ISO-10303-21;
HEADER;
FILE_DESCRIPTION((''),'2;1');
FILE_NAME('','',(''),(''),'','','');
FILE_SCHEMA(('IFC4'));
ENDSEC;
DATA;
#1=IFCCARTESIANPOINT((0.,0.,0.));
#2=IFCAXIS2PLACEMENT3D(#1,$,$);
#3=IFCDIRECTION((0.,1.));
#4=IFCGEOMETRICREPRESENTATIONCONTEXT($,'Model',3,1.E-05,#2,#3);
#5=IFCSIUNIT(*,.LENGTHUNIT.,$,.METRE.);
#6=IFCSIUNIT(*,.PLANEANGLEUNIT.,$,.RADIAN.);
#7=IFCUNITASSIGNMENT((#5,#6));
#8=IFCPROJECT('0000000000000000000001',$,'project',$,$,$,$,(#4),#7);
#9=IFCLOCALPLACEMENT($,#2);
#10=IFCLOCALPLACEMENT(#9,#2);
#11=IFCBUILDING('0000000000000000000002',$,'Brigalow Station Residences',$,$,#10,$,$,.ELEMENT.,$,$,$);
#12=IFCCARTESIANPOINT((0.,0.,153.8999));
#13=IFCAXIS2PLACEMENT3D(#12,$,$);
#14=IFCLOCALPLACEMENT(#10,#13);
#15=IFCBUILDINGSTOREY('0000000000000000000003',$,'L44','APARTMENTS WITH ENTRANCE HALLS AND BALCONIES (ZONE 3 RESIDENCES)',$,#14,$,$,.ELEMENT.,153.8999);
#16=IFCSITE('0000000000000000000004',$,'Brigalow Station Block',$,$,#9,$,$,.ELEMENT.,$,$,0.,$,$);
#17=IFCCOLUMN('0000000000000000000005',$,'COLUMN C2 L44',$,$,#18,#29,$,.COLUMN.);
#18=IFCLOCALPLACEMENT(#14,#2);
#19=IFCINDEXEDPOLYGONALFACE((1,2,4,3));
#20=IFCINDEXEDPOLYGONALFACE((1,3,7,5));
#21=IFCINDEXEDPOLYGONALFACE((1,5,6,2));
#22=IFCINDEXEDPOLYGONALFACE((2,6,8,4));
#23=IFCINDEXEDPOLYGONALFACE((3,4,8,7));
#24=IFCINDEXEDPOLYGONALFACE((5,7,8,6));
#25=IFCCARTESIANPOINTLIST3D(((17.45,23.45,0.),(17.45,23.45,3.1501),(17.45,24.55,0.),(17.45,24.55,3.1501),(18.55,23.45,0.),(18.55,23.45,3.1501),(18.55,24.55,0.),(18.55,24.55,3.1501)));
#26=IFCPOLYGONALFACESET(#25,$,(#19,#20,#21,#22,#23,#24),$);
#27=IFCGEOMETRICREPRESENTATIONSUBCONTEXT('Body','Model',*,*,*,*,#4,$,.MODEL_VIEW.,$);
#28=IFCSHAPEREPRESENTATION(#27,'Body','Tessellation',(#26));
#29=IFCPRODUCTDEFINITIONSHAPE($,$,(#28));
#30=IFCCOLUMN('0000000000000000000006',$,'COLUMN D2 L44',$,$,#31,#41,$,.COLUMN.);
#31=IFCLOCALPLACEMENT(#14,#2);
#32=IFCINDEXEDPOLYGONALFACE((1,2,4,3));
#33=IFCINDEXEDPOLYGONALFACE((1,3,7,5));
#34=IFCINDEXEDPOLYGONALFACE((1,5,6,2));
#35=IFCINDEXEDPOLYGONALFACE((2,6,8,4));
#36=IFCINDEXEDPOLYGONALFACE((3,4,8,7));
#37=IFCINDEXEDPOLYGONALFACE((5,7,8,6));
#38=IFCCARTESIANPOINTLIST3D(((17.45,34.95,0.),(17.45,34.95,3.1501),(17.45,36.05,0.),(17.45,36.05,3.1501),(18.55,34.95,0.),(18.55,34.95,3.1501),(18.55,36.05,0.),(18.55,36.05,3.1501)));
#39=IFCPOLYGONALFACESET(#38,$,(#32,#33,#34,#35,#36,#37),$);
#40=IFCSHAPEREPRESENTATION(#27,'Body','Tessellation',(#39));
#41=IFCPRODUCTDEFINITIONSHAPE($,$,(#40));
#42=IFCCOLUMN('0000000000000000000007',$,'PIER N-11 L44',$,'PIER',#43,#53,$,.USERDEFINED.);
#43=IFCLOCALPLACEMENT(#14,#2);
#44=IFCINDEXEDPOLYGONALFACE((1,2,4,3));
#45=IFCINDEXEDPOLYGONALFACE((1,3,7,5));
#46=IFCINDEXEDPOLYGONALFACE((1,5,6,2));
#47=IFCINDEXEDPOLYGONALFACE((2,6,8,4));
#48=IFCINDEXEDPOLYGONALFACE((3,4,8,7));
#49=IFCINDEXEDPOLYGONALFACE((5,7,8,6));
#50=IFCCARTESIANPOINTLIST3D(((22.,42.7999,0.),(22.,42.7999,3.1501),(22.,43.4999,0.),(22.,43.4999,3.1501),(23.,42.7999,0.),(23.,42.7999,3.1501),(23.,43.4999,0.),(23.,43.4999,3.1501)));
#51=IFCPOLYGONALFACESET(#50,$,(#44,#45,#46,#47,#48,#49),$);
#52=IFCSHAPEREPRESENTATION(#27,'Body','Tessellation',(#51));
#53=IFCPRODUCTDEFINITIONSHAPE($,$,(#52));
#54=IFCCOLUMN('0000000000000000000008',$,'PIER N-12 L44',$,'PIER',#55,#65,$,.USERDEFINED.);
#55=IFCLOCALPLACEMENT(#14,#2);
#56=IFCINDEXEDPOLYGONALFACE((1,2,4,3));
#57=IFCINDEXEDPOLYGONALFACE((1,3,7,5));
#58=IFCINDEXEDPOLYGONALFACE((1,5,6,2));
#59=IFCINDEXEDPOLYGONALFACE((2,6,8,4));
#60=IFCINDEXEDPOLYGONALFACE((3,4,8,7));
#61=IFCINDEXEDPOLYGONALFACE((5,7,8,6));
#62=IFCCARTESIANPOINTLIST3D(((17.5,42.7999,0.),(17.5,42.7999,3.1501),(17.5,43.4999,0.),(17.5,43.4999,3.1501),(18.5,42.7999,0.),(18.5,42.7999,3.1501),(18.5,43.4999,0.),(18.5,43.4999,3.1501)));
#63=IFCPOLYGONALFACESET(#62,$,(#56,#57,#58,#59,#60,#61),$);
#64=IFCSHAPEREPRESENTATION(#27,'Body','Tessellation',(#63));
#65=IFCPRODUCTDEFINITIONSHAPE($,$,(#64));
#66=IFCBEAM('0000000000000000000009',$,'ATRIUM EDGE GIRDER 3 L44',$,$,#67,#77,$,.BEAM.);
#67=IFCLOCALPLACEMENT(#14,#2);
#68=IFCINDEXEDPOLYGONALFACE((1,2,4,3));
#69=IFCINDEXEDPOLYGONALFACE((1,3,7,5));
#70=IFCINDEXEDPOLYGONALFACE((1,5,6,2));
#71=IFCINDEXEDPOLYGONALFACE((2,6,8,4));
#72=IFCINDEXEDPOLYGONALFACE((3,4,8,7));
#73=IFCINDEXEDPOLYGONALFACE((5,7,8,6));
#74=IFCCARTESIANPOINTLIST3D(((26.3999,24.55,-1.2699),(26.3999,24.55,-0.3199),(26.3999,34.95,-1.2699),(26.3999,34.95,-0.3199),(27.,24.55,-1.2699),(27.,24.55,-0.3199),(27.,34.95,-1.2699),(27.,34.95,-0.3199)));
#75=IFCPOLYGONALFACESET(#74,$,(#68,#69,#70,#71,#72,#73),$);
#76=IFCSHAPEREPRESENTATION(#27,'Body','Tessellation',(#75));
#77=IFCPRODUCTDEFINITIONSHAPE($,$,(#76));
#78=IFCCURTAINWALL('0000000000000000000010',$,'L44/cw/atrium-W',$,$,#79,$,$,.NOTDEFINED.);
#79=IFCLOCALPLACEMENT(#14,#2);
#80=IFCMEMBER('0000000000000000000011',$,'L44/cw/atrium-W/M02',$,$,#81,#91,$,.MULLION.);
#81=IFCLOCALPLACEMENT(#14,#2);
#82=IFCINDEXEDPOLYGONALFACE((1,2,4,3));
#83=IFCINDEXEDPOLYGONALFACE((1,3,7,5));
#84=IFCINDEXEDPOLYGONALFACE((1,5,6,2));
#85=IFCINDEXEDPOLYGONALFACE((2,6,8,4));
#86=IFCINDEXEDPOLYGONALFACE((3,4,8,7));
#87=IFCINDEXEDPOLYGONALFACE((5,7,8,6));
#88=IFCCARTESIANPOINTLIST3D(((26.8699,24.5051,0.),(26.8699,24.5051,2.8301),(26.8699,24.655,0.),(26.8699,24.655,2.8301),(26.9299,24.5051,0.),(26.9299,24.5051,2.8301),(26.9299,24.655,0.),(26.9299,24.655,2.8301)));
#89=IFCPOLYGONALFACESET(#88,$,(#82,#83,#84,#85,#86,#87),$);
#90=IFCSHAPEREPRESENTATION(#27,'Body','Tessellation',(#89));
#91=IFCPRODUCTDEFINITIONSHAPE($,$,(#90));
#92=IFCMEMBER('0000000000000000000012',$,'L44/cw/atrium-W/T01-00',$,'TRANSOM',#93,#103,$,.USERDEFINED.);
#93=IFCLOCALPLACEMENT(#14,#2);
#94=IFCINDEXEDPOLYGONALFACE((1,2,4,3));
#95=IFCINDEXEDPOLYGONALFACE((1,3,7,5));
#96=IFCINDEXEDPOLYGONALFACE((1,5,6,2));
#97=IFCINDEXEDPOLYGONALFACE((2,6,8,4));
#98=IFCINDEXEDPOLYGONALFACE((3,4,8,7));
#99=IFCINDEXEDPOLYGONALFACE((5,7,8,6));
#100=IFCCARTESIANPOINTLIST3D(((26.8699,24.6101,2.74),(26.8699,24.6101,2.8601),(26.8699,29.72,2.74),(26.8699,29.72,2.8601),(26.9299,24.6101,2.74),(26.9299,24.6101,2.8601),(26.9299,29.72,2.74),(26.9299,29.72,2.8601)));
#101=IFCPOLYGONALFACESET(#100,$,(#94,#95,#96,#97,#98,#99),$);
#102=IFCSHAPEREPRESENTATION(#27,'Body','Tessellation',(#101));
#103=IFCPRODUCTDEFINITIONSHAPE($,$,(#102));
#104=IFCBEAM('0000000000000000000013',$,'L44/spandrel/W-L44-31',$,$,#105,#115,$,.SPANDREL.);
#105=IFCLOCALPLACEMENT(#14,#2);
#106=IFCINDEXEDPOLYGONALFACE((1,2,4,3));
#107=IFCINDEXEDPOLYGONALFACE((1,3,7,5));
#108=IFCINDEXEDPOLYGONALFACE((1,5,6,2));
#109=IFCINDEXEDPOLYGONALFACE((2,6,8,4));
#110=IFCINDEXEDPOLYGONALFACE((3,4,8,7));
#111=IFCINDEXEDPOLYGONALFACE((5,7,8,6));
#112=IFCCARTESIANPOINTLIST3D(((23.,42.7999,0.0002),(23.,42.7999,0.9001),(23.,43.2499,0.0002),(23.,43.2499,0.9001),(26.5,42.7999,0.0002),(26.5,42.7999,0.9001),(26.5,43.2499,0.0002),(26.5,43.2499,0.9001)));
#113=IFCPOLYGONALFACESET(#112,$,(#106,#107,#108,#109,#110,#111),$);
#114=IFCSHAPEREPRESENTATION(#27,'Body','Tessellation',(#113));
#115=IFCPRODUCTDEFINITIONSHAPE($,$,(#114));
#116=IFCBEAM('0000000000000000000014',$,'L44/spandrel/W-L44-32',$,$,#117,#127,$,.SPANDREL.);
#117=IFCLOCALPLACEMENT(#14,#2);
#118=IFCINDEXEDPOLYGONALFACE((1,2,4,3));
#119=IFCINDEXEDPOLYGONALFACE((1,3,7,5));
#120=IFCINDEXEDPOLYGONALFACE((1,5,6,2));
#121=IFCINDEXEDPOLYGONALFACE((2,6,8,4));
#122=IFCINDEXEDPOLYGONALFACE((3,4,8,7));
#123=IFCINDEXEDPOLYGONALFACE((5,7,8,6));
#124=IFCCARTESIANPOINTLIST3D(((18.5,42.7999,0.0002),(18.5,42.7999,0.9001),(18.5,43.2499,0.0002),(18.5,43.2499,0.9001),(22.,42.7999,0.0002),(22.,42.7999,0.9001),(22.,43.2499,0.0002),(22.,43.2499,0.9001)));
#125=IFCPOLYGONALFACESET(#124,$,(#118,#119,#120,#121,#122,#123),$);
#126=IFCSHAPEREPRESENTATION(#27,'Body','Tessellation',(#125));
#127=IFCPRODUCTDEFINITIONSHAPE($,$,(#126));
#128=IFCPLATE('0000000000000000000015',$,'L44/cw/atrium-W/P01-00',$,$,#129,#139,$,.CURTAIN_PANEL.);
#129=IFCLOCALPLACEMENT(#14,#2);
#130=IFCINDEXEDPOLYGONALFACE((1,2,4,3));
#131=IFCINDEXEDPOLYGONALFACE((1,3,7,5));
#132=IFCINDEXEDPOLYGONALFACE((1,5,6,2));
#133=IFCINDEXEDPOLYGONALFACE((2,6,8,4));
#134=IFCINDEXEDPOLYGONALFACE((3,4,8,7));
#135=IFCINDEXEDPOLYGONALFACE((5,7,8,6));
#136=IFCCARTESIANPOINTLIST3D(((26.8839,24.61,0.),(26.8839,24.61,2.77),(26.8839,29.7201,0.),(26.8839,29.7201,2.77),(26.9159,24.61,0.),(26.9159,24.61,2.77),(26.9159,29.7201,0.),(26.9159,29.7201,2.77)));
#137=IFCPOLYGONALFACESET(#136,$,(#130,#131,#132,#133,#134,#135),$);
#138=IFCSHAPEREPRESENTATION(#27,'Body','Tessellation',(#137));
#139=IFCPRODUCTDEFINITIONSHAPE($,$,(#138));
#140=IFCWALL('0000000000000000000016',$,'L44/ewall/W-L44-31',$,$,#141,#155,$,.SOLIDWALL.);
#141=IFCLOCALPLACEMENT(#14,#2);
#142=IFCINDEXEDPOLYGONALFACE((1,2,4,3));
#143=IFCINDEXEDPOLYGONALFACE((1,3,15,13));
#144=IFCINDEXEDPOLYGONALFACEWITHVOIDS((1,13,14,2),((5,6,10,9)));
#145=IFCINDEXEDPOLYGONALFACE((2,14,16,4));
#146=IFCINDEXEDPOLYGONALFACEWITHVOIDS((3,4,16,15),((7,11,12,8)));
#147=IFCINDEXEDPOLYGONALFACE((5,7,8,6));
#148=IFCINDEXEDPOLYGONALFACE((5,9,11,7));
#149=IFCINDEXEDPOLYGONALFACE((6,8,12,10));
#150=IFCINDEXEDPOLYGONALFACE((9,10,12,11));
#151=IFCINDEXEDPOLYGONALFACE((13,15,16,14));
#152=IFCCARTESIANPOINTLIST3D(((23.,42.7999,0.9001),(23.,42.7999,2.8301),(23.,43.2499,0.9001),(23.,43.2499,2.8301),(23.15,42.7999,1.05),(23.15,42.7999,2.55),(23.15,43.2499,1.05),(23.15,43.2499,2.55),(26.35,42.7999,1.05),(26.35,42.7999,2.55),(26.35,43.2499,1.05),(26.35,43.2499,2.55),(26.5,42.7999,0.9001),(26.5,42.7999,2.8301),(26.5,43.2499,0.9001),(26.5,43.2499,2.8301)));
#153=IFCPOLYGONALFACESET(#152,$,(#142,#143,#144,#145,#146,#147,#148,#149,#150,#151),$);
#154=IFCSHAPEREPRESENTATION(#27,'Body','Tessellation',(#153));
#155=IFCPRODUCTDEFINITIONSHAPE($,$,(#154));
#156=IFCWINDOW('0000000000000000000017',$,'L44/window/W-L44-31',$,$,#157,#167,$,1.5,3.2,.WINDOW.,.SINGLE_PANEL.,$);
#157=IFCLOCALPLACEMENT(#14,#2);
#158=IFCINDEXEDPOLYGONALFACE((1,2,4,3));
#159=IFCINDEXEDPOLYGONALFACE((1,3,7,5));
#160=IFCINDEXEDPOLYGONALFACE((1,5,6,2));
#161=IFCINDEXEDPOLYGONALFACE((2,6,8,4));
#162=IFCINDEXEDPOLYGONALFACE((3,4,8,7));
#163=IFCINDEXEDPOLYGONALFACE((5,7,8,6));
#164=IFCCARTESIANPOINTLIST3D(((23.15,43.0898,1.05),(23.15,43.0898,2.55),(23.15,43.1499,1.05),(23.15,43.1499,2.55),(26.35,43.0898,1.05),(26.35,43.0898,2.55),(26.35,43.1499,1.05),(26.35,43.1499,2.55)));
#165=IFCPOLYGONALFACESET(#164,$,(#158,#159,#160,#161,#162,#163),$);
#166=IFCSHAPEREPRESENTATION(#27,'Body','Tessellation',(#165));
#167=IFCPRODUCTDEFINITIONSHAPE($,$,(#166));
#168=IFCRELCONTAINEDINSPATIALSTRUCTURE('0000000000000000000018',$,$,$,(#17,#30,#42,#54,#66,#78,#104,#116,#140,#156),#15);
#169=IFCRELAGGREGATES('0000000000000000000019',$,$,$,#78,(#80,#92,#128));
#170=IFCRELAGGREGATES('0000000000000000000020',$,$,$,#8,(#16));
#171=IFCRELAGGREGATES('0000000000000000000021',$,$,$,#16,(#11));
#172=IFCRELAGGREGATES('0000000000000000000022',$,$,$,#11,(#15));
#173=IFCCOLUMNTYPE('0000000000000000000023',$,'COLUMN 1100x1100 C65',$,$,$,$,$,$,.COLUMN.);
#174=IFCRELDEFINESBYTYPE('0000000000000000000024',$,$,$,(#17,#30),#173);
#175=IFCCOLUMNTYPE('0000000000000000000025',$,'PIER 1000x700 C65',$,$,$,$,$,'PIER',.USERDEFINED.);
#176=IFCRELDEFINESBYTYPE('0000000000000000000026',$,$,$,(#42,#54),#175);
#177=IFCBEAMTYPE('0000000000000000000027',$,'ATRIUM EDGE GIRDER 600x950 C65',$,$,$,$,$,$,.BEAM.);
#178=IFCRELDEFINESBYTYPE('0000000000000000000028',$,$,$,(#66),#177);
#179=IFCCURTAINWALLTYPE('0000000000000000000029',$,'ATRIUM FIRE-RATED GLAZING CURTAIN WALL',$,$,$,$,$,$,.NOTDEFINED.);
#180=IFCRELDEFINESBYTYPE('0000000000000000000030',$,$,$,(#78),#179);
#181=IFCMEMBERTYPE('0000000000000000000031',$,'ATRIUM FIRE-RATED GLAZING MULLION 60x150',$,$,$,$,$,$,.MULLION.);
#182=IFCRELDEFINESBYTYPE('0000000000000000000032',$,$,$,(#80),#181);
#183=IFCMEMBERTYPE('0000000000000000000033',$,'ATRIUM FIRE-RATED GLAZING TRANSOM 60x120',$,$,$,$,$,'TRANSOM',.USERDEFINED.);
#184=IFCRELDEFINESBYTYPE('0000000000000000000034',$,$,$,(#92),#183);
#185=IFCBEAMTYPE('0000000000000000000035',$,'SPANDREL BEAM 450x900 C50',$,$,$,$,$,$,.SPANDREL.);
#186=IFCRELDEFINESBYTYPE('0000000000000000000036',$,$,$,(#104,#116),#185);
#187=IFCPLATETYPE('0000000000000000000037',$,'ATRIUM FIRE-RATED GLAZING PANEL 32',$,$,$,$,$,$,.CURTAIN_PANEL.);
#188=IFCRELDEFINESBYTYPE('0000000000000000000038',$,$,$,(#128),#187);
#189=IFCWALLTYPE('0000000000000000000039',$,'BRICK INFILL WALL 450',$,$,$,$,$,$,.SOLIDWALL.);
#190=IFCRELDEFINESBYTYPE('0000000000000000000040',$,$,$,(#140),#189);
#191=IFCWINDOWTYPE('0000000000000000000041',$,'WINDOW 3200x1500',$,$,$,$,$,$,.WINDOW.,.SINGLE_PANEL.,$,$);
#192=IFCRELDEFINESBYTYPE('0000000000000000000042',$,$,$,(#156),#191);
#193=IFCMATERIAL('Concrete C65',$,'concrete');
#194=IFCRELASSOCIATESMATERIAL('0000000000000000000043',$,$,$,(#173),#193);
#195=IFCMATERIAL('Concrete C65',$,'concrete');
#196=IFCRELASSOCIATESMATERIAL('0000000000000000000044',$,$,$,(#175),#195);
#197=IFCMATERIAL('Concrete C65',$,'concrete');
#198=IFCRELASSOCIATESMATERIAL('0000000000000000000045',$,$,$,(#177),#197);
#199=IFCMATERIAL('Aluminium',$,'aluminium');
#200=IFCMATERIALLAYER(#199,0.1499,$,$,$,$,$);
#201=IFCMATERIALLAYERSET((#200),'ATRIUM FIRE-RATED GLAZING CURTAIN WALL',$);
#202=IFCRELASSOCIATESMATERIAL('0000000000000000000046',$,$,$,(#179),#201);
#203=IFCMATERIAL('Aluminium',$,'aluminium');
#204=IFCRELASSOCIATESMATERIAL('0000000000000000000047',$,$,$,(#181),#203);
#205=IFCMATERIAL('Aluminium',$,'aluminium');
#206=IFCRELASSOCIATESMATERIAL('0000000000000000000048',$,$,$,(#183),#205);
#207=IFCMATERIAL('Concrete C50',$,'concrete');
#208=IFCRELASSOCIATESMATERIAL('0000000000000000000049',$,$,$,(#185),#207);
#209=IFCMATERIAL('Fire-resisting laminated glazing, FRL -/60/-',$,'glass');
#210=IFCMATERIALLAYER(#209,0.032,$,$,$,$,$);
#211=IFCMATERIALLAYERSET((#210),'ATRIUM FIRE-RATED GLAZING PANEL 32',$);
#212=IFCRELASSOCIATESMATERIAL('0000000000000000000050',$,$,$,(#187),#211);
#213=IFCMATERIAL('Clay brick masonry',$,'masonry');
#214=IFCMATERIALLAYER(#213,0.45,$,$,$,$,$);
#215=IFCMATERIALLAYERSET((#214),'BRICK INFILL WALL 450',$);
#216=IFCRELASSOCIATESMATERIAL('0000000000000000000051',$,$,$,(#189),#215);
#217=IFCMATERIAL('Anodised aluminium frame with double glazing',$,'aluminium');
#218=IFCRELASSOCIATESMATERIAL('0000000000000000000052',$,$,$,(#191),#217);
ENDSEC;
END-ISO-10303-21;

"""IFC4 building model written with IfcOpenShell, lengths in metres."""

from ifc_helpers import new_model, si_unit, direction, frame, frame_2d, origin, origin_2d, place, context, subcontext, project, spatial, rectangle, extrude, material, layer, layer_set, material_profile, profile_set, type_object, element, fill, aggregate, save


model = new_model("IFC4")

# Units and contexts
model_context = context("Model", 3, precision=1e-05, world=origin(), true_north=direction((0.0, 1.0)))
body_context = subcontext(model_context, "Body", "Model", "MODEL_VIEW")
ifc_project = project(units=[si_unit("LENGTHUNIT", "METRE"), si_unit("PLANEANGLEUNIT", "RADIAN")], contexts=[model_context])

# Site, building, storey
site_placement = place(None, origin())
site = spatial("IfcSite", under=ifc_project, at=site_placement, Name="Brigalow Station Block", CompositionType="ELEMENT", RefElevation=0.0)
building_placement = place(site_placement, origin())
building = spatial("IfcBuilding", under=site, at=building_placement, Name="Brigalow Station Residences", CompositionType="ELEMENT")
storey_placement = place(building_placement, frame((0.0, 0.0, 153.8999)))
storey = spatial("IfcBuildingStorey", under=building, at=storey_placement, Name="L44", Description="APARTMENTS WITH ENTRANCE HALLS AND BALCONIES (ZONE 3 RESIDENCES)", CompositionType="ELEMENT", Elevation=153.8999)

# Columns
ifc_material_1 = material(Name="Concrete C65", Category="concrete")
ifc_material_profile_1 = material_profile(ifc_material_1, rectangle(XDim=1.1001, YDim=1.1001, at=origin_2d()), Name="RC1100x1100")
ifc_profile_set_1 = profile_set([ifc_material_profile_1], Name="Concrete C65")
column_type_1 = type_object("IfcColumnType", Name="COLUMN 1100x1100 C65", PredefinedType="COLUMN", material=ifc_profile_set_1)
for number, where, z_axis, x_axis, name in (
    (1, (18.0, 24.0, 0.0), (0.0, 0.0, 1.0), (1.0, 0.0, 0.0), "COLUMN C2 L44"),
    (2, (18.0, 35.5, 0.0), (0.0, 0.0, 1.0), (1.0, 0.0, 0.0), "COLUMN D2 L44"),
):
    element("IfcColumn", number, at=place(storey_placement, frame(where, z_axis=z_axis, x_axis=x_axis)), inside=storey, type_object=column_type_1, Name=name, PredefinedType="COLUMN", context=body_context, shape_type="SweptSolid", body=[
        extrude(rectangle(XDim=1.1001, YDim=1.1001, at=origin_2d()), origin(), (0.0, 0.0, 1.0), 3.1501),
    ])
ifc_material_2 = material(Name="Concrete C65", Category="concrete")
ifc_material_profile_2 = material_profile(ifc_material_2, rectangle(XDim=1.0, YDim=0.7, at=origin_2d()), Name="RC1000x700")
ifc_profile_set_2 = profile_set([ifc_material_profile_2], Name="Concrete C65")
column_type_2 = type_object("IfcColumnType", Name="PIER 1000x700 C65", ElementType="PIER", PredefinedType="USERDEFINED", material=ifc_profile_set_2)
for number, where, z_axis, x_axis, name in (
    (3, (22.5, 43.1499, 0.0), (0.0, 0.0, 1.0), (-1.0, 0.0, 0.0), "PIER N-11 L44"),
    (4, (18.0, 43.1499, 0.0), (0.0, 0.0, 1.0), (-1.0, 0.0, 0.0), "PIER N-12 L44"),
):
    element("IfcColumn", number, at=place(storey_placement, frame(where, z_axis=z_axis, x_axis=x_axis)), inside=storey, type_object=column_type_2, Name=name, ObjectType="PIER", PredefinedType="USERDEFINED", context=body_context, shape_type="SweptSolid", body=[
        extrude(rectangle(XDim=1.0, YDim=0.7, at=origin_2d()), origin(), (0.0, 0.0, 1.0), 3.1501),
    ])

# Beam
ifc_material_3 = material(Name="Concrete C65", Category="concrete")
ifc_material_profile_3 = material_profile(ifc_material_3, rectangle(XDim=0.6001, YDim=0.95, at=origin_2d()), Name="RC600x950")
ifc_profile_set_3 = profile_set([ifc_material_profile_3], Name="Concrete C65")
beam_type_1 = type_object("IfcBeamType", Name="ATRIUM EDGE GIRDER 600x950 C65", PredefinedType="BEAM", material=ifc_profile_set_3)
beam_placement = place(storey_placement, frame((26.7, 24.55, -0.7949), z_axis=(0.0, 1.0, 0.0), x_axis=(-1.0, 0.0, 0.0)))
element("IfcBeam", 5, at=beam_placement, inside=storey, type_object=beam_type_1, Name="ATRIUM EDGE GIRDER 3 L44", PredefinedType="BEAM", context=body_context, shape_type="SweptSolid", body=[
    extrude(rectangle(XDim=0.6001, YDim=0.95, at=origin_2d()), origin(), (0.0, 0.0, 1.0), 10.3999),
])

# Curtain wall, members
ifc_material_4 = material(Name="Aluminium", Category="aluminium")
ifc_layer_1 = layer(ifc_material_4, 0.1499)
ifc_layer_set_1 = layer_set([ifc_layer_1], Name="ATRIUM FIRE-RATED GLAZING CURTAIN WALL")
curtain_wall_type = type_object("IfcCurtainWallType", Name="ATRIUM FIRE-RATED GLAZING CURTAIN WALL", PredefinedType="NOTDEFINED", material=ifc_layer_set_1)
curtain_wall_placement = place(storey_placement, origin())
curtain_wall = element("IfcCurtainWall", 6, at=curtain_wall_placement, inside=storey, type_object=curtain_wall_type, Name="L44/cw/atrium-W", PredefinedType="NOTDEFINED")
ifc_material_5 = material(Name="Aluminium", Category="aluminium")
ifc_material_profile_4 = material_profile(ifc_material_5, rectangle(XDim=0.0601, YDim=0.1499, at=origin_2d()), Name="ATRIUM FIRE-RATED GLAZING MULLION 60x150")
ifc_profile_set_4 = profile_set([ifc_material_profile_4], Name="Aluminium")
member_type_1 = type_object("IfcMemberType", Name="ATRIUM FIRE-RATED GLAZING MULLION 60x150", PredefinedType="MULLION", material=ifc_profile_set_4)
member_1_placement = place(storey_placement, frame((26.8999, 24.5801, 0.0), z_axis=(0.0, 0.0, 1.0), x_axis=(1.0, 0.0, 0.0)))
member_1 = element("IfcMember", 7, at=member_1_placement, type_object=member_type_1, Name="L44/cw/atrium-W/M02", PredefinedType="MULLION", context=body_context, shape_type="SweptSolid", body=[
    extrude(rectangle(XDim=0.0601, YDim=0.1499, at=origin_2d()), origin(), (0.0, 0.0, 1.0), 2.8301),
])
ifc_material_6 = material(Name="Aluminium", Category="aluminium")
ifc_material_profile_5 = material_profile(ifc_material_6, rectangle(XDim=0.0601, YDim=0.1201, at=origin_2d()), Name="ATRIUM FIRE-RATED GLAZING TRANSOM 60x120")
ifc_profile_set_5 = profile_set([ifc_material_profile_5], Name="Aluminium")
member_type_2 = type_object("IfcMemberType", Name="ATRIUM FIRE-RATED GLAZING TRANSOM 60x120", ElementType="TRANSOM", PredefinedType="USERDEFINED", material=ifc_profile_set_5)
member_2_placement = place(storey_placement, frame((26.8999, 29.72, 2.8), z_axis=(0.0, -1.0, 0.0), x_axis=(1.0, 0.0, 0.0)))
member_2 = element("IfcMember", 8, at=member_2_placement, type_object=member_type_2, Name="L44/cw/atrium-W/T01-00", ObjectType="TRANSOM", PredefinedType="USERDEFINED", context=body_context, shape_type="SweptSolid", body=[
    extrude(rectangle(XDim=0.0601, YDim=0.1201, at=origin_2d()), origin(), (0.0, 0.0, 1.0), 5.1099),
])

# Beams
ifc_material_7 = material(Name="Concrete C50", Category="concrete")
ifc_material_profile_6 = material_profile(ifc_material_7, rectangle(XDim=0.45, YDim=0.8999, at=origin_2d()), Name="RC450x900")
ifc_profile_set_6 = profile_set([ifc_material_profile_6], Name="Concrete C50")
beam_type_2 = type_object("IfcBeamType", Name="SPANDREL BEAM 450x900 C50", PredefinedType="SPANDREL", material=ifc_profile_set_6)
for number, where, z_axis, x_axis, name in (
    (9, (26.5, 43.0249, 0.4502), (-1.0, 0.0, 0.0), (0.0, -1.0, 0.0), "L44/spandrel/W-L44-31"),
    (10, (22.0, 43.0249, 0.4502), (-1.0, 0.0, 0.0), (0.0, -1.0, 0.0), "L44/spandrel/W-L44-32"),
):
    element("IfcBeam", number, at=place(storey_placement, frame(where, z_axis=z_axis, x_axis=x_axis)), inside=storey, type_object=beam_type_2, Name=name, PredefinedType="SPANDREL", context=body_context, shape_type="SweptSolid", body=[
        extrude(rectangle(XDim=0.45, YDim=0.8999, at=origin_2d()), origin(), (0.0, 0.0, 1.0), 3.5),
    ])

# Plate
ifc_material_8 = material(Name="Fire-resisting laminated glazing, FRL -/60/-", Category="glass")
ifc_layer_2 = layer(ifc_material_8, 0.032)
ifc_layer_set_2 = layer_set([ifc_layer_2], Name="ATRIUM FIRE-RATED GLAZING PANEL 32")
plate_type = type_object("IfcPlateType", Name="ATRIUM FIRE-RATED GLAZING PANEL 32", PredefinedType="CURTAIN_PANEL", material=ifc_layer_set_2)
plate_placement = place(storey_placement, frame((26.8999, 27.165, 0.0), z_axis=(0.0, 0.0, 1.0), x_axis=(0.0, -1.0, 0.0)))
plate = element("IfcPlate", 11, at=plate_placement, type_object=plate_type, Name="L44/cw/atrium-W/P01-00", PredefinedType="CURTAIN_PANEL", context=body_context, shape_type="SweptSolid", body=[
    extrude(rectangle(XDim=5.1101, YDim=0.032, at=origin_2d()), origin(), (0.0, 0.0, 1.0), 2.77),
])
aggregate(curtain_wall, [member_1, member_2, plate])

# Wall, opening, window
ifc_material_9 = material(Name="Clay brick masonry", Category="masonry")
ifc_layer_3 = layer(ifc_material_9, 0.45)
ifc_layer_set_3 = layer_set([ifc_layer_3], Name="BRICK INFILL WALL 450")
wall_type_1 = type_object("IfcWallType", Name="BRICK INFILL WALL 450", PredefinedType="SOLIDWALL", material=ifc_layer_set_3)
wall_1_placement = place(storey_placement, frame((26.5, 43.0249, 0.9001), z_axis=(0.0, 0.0, 1.0), x_axis=(-1.0, 0.0, 0.0)))
wall_1 = element("IfcWall", 12, at=wall_1_placement, inside=storey, type_object=wall_type_1, Name="L44/ewall/W-L44-31", PredefinedType="SOLIDWALL", context=body_context, shape_type="SweptSolid", body=[
    extrude(rectangle(XDim=3.5, YDim=0.45, at=frame_2d((1.75, 0.0))), origin(), (0.0, 0.0, 1.0), 1.9299),
])
opening_1_placement = place(wall_1_placement, frame((0.1499, 0.0, 0.1499)))
opening_1 = element("IfcOpeningElement", 13, at=opening_1_placement, cuts=wall_1, PredefinedType="OPENING", context=body_context, shape_type="SweptSolid", body=[
    extrude(rectangle(XDim=3.2, YDim=1.5, at=frame_2d((1.6001, 0.75))), frame((0.0, 0.2349, 0.0), z_axis=(0.0, -1.0, 0.0), x_axis=(1.0, 0.0, 0.0)), (0.0, 0.0, 1.0), 0.47),
])
ifc_material_10 = material(Name="Anodised aluminium frame with double glazing", Category="aluminium")
window_type = type_object("IfcWindowType", Name="WINDOW 3200x1500", PartitioningType="SINGLE_PANEL", PredefinedType="WINDOW", material=ifc_material_10)
window_1_placement = place(opening_1_placement, origin())
window_1 = element("IfcWindow", 14, at=window_1_placement, inside=storey, type_object=window_type, Name="L44/window/W-L44-31", OverallHeight=1.5, OverallWidth=3.2, PartitioningType="SINGLE_PANEL", PredefinedType="WINDOW", context=body_context, shape_type="SweptSolid", body=[
    extrude(rectangle(XDim=3.2, YDim=1.5, at=frame_2d((1.6001, 0.75))), frame((0.0, -0.0649, 0.0), z_axis=(0.0, -1.0, 0.0), x_axis=(1.0, 0.0, 0.0)), (0.0, 0.0, 1.0), 0.0601),
])
fill(opening_1, window_1)

save(model, "model.ifc")
